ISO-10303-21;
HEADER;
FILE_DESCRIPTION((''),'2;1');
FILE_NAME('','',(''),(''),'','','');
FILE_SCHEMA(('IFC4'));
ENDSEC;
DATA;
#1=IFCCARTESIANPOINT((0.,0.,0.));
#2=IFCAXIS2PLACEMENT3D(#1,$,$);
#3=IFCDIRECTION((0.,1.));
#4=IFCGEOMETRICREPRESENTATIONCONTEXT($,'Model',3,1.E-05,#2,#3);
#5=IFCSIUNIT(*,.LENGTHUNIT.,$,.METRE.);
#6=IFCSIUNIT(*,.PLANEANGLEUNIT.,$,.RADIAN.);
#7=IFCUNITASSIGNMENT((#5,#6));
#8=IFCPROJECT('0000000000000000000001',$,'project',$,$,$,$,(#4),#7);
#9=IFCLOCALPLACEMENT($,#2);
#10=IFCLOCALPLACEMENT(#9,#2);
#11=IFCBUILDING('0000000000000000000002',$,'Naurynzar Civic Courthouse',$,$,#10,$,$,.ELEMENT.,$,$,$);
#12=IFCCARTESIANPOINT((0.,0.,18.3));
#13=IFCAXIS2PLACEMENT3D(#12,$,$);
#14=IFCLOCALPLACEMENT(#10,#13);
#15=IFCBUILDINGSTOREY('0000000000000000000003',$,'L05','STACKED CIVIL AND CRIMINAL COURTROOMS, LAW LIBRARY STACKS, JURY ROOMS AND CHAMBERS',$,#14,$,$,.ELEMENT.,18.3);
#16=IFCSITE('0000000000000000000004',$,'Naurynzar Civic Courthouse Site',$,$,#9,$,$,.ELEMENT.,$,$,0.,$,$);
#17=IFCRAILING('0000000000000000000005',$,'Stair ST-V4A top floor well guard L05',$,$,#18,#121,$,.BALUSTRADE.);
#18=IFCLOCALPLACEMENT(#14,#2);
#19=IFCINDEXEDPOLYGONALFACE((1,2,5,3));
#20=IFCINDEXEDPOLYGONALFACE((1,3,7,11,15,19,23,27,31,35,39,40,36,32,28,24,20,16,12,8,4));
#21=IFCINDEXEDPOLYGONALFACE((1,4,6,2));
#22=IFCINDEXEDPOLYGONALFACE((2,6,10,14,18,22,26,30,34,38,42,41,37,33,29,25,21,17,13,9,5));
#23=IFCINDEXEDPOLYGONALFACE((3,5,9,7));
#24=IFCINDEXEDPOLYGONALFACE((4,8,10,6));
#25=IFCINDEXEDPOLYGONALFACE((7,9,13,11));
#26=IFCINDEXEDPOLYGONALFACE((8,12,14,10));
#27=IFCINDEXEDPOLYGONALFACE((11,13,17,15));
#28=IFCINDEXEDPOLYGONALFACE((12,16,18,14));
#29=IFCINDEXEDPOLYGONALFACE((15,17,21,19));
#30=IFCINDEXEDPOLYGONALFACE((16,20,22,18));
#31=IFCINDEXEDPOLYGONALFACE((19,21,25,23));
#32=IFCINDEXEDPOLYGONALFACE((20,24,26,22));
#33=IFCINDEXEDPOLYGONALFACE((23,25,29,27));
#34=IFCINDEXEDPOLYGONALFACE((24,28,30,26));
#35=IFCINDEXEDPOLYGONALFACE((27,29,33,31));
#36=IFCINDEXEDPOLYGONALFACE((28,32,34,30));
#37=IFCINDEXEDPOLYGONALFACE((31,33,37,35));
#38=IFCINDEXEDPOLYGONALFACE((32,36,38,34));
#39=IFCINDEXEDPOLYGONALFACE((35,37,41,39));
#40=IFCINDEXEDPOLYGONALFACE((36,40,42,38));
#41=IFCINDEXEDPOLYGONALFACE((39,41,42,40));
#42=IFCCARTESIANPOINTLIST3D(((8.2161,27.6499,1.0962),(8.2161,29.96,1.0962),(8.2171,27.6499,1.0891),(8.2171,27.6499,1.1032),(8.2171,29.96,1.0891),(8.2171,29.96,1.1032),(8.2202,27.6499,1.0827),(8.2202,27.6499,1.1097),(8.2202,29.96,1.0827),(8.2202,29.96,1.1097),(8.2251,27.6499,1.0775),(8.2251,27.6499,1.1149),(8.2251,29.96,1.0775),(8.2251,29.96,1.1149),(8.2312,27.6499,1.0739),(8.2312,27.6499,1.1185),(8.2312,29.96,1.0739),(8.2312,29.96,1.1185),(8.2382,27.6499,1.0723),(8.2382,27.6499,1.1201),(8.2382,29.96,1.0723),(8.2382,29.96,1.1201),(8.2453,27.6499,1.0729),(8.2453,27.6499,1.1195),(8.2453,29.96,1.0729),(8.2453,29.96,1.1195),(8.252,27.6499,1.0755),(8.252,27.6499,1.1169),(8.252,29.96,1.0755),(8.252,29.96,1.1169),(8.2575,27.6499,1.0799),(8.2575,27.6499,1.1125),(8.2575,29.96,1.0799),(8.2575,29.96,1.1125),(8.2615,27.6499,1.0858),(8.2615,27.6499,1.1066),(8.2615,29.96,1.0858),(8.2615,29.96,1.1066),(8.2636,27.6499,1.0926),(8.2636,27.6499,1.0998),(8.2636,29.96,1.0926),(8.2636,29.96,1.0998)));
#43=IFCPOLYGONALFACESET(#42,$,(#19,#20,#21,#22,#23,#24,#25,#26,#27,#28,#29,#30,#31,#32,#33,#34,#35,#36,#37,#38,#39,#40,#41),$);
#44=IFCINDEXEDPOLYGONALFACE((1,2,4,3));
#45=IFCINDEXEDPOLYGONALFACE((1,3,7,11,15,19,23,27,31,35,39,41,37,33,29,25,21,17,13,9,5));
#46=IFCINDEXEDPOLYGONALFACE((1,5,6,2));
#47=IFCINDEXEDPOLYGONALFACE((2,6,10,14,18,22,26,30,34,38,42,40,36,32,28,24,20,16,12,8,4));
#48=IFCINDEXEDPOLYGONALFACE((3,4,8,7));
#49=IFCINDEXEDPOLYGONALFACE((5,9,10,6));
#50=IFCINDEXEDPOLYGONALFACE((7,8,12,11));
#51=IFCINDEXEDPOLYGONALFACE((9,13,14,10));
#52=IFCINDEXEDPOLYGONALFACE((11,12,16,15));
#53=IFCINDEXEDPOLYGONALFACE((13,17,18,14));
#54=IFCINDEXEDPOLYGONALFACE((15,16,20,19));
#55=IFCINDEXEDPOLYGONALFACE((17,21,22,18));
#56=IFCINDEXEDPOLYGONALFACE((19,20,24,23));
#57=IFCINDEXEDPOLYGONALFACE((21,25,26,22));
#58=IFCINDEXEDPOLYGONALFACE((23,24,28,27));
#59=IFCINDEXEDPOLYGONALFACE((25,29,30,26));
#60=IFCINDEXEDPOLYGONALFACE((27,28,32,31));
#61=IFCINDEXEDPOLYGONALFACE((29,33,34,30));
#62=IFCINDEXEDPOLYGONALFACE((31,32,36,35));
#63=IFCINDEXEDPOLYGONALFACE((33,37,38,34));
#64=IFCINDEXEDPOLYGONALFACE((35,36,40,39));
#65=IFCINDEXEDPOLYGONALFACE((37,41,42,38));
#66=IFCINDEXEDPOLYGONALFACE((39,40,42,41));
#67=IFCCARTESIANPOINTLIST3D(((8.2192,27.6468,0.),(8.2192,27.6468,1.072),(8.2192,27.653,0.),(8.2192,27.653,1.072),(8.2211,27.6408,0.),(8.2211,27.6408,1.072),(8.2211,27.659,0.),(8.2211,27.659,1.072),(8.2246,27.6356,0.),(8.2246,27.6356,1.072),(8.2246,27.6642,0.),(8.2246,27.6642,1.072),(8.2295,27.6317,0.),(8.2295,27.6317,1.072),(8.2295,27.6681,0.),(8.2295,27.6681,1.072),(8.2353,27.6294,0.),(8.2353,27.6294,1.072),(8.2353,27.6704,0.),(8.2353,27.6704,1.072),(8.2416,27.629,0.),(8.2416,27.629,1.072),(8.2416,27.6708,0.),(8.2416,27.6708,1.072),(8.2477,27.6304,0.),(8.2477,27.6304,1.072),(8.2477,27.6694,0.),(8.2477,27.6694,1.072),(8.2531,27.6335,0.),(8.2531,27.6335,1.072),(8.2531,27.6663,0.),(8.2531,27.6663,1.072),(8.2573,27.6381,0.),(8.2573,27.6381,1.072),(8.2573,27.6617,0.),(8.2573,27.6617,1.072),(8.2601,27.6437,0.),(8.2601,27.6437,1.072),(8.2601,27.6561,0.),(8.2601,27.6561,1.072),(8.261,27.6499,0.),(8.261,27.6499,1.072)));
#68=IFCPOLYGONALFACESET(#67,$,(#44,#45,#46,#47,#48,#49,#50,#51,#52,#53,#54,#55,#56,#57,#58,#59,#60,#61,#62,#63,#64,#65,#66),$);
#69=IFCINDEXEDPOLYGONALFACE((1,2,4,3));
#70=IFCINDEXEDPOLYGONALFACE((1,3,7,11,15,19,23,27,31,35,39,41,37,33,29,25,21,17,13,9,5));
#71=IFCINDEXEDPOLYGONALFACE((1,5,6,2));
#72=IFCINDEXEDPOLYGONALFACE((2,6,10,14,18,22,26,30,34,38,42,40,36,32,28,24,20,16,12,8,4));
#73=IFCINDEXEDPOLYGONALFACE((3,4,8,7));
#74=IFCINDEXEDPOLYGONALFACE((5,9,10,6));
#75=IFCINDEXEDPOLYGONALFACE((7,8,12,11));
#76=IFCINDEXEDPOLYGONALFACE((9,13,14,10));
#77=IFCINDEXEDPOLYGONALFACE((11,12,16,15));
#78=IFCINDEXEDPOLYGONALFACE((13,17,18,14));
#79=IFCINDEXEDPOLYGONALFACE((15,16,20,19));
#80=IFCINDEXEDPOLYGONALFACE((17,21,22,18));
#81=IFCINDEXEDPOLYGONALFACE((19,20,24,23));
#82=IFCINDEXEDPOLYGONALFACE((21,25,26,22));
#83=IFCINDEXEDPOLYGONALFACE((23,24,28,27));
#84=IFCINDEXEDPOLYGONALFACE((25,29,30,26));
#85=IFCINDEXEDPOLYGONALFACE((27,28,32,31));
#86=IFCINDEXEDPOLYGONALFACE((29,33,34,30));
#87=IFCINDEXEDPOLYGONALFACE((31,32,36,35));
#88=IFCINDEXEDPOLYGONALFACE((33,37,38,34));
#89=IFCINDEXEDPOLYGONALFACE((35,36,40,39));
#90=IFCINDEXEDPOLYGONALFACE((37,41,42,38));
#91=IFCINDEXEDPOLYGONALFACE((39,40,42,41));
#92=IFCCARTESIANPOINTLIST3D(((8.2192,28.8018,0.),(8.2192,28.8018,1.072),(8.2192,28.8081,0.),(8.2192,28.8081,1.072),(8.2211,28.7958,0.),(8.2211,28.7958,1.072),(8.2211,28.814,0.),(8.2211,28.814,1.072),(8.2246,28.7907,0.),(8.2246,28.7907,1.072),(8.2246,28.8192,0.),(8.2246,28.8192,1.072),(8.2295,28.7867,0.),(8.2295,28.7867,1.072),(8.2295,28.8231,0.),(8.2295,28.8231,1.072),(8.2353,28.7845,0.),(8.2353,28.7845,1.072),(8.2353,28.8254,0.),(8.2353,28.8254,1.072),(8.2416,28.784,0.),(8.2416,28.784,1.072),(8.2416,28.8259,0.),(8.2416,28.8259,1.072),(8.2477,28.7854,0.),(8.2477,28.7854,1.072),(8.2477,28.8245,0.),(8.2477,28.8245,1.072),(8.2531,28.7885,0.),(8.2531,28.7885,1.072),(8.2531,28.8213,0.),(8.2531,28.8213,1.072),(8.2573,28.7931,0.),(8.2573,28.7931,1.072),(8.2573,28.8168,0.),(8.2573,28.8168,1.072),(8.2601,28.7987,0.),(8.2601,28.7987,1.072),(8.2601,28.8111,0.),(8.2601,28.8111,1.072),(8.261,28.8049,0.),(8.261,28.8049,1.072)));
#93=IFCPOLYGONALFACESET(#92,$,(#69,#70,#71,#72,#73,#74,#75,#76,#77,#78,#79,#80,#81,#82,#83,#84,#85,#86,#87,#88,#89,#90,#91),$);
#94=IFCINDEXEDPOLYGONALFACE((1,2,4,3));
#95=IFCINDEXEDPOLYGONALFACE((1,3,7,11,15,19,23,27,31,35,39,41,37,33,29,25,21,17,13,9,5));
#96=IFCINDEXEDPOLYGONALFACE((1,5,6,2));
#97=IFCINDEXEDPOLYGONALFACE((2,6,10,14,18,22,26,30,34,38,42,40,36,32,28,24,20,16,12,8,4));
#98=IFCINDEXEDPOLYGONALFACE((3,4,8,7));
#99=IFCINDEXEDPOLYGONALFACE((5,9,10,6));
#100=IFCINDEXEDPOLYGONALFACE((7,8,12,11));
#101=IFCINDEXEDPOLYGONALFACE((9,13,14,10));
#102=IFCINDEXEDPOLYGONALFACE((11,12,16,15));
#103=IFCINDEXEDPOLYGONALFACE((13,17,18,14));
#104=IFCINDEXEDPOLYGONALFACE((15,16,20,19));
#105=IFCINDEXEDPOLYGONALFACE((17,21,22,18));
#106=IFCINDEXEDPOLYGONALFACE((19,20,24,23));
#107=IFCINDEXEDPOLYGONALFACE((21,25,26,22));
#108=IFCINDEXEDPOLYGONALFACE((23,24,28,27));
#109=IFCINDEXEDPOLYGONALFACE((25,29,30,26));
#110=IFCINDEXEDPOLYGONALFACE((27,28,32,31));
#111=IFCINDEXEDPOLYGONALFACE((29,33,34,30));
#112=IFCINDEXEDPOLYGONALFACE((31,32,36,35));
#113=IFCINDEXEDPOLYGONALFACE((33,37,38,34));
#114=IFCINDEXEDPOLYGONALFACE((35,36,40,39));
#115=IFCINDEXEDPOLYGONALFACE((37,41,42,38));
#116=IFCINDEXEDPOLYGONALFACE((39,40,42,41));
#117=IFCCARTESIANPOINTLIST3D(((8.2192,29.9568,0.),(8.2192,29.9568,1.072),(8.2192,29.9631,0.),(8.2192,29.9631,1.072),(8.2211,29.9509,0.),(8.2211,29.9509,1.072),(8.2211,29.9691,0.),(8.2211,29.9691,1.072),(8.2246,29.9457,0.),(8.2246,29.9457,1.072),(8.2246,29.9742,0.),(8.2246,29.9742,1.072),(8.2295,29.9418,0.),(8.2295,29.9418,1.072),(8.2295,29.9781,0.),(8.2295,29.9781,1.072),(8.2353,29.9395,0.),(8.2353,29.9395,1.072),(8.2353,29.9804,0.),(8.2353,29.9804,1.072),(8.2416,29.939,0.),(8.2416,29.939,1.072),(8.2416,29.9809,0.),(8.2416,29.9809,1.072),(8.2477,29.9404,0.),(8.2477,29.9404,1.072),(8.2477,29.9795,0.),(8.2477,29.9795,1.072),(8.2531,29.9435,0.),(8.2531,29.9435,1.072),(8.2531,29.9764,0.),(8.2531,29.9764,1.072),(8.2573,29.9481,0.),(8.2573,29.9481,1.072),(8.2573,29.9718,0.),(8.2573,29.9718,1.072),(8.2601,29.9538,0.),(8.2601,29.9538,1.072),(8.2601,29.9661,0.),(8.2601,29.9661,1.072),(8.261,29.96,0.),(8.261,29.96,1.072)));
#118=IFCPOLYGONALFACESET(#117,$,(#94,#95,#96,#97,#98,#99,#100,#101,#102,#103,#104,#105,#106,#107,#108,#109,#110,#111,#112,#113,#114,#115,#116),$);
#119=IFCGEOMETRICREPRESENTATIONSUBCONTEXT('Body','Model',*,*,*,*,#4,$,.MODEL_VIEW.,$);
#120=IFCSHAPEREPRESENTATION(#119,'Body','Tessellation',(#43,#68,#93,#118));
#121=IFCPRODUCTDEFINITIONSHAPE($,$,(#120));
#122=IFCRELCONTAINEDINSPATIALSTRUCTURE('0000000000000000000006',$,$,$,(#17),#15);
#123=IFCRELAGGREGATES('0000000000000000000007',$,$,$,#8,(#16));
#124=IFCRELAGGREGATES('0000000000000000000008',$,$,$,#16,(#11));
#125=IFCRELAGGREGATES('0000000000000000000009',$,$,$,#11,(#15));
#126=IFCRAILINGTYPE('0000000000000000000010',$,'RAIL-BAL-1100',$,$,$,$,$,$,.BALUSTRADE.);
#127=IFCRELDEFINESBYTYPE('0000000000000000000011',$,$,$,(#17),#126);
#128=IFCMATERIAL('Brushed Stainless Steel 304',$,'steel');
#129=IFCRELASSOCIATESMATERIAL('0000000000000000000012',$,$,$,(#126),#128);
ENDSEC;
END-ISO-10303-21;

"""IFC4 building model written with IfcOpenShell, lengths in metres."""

from ifc_helpers import new_model, si_unit, direction, frame, origin, origin_2d, place, context, subcontext, project, spatial, circle, extrude, material, type_object, element, save


model = new_model("IFC4")

# Units and contexts
model_context = context("Model", 3, precision=1e-05, world=origin(), true_north=direction((0.0, 1.0)))
body_context = subcontext(model_context, "Body", "Model", "MODEL_VIEW")
ifc_project = project(units=[si_unit("LENGTHUNIT", "METRE"), si_unit("PLANEANGLEUNIT", "RADIAN")], contexts=[model_context])

# Site, building, storey
site_placement = place(None, origin())
site = spatial("IfcSite", under=ifc_project, at=site_placement, Name="Naurynzar Civic Courthouse Site", CompositionType="ELEMENT", RefElevation=0.0)
building_placement = place(site_placement, origin())
building = spatial("IfcBuilding", under=site, at=building_placement, Name="Naurynzar Civic Courthouse", CompositionType="ELEMENT")
storey_placement = place(building_placement, frame((0.0, 0.0, 18.3)))
storey = spatial("IfcBuildingStorey", under=building, at=storey_placement, Name="L05", Description="STACKED CIVIL AND CRIMINAL COURTROOMS, LAW LIBRARY STACKS, JURY ROOMS AND CHAMBERS", CompositionType="ELEMENT", Elevation=18.3)

# Railing
ifc_material_1 = material(Name="Brushed Stainless Steel 304", Category="steel")
railing_type = type_object("IfcRailingType", Name="RAIL-BAL-1100", PredefinedType="BALUSTRADE", material=ifc_material_1)
railing_placement = place(storey_placement, frame((8.24, 27.6499, 0.0)))
element("IfcRailing", 1, at=railing_placement, inside=storey, type_object=railing_type, Name="Stair ST-V4A top floor well guard L05", PredefinedType="BALUSTRADE", context=body_context, shape_type="SweptSolid", body=[
    extrude(circle(Radius=0.0239, at=origin_2d()), frame((0.0, 0.0, 1.0962), z_axis=(0.0, 1.0, 0.0), x_axis=(-1.0, 0.0, 0.0)), (0.0, 0.0, 1.0), 2.3101),
    extrude(circle(Radius=0.021, at=origin_2d()), origin(), (0.0, 0.0, 1.0), 1.072),
    extrude(circle(Radius=0.021, at=origin_2d()), frame((0.0, 1.155, 0.0)), (0.0, 0.0, 1.0), 1.072),
    extrude(circle(Radius=0.021, at=origin_2d()), frame((0.0, 2.3101, 0.0)), (0.0, 0.0, 1.0), 1.072),
])

save(model, "model.ifc")
